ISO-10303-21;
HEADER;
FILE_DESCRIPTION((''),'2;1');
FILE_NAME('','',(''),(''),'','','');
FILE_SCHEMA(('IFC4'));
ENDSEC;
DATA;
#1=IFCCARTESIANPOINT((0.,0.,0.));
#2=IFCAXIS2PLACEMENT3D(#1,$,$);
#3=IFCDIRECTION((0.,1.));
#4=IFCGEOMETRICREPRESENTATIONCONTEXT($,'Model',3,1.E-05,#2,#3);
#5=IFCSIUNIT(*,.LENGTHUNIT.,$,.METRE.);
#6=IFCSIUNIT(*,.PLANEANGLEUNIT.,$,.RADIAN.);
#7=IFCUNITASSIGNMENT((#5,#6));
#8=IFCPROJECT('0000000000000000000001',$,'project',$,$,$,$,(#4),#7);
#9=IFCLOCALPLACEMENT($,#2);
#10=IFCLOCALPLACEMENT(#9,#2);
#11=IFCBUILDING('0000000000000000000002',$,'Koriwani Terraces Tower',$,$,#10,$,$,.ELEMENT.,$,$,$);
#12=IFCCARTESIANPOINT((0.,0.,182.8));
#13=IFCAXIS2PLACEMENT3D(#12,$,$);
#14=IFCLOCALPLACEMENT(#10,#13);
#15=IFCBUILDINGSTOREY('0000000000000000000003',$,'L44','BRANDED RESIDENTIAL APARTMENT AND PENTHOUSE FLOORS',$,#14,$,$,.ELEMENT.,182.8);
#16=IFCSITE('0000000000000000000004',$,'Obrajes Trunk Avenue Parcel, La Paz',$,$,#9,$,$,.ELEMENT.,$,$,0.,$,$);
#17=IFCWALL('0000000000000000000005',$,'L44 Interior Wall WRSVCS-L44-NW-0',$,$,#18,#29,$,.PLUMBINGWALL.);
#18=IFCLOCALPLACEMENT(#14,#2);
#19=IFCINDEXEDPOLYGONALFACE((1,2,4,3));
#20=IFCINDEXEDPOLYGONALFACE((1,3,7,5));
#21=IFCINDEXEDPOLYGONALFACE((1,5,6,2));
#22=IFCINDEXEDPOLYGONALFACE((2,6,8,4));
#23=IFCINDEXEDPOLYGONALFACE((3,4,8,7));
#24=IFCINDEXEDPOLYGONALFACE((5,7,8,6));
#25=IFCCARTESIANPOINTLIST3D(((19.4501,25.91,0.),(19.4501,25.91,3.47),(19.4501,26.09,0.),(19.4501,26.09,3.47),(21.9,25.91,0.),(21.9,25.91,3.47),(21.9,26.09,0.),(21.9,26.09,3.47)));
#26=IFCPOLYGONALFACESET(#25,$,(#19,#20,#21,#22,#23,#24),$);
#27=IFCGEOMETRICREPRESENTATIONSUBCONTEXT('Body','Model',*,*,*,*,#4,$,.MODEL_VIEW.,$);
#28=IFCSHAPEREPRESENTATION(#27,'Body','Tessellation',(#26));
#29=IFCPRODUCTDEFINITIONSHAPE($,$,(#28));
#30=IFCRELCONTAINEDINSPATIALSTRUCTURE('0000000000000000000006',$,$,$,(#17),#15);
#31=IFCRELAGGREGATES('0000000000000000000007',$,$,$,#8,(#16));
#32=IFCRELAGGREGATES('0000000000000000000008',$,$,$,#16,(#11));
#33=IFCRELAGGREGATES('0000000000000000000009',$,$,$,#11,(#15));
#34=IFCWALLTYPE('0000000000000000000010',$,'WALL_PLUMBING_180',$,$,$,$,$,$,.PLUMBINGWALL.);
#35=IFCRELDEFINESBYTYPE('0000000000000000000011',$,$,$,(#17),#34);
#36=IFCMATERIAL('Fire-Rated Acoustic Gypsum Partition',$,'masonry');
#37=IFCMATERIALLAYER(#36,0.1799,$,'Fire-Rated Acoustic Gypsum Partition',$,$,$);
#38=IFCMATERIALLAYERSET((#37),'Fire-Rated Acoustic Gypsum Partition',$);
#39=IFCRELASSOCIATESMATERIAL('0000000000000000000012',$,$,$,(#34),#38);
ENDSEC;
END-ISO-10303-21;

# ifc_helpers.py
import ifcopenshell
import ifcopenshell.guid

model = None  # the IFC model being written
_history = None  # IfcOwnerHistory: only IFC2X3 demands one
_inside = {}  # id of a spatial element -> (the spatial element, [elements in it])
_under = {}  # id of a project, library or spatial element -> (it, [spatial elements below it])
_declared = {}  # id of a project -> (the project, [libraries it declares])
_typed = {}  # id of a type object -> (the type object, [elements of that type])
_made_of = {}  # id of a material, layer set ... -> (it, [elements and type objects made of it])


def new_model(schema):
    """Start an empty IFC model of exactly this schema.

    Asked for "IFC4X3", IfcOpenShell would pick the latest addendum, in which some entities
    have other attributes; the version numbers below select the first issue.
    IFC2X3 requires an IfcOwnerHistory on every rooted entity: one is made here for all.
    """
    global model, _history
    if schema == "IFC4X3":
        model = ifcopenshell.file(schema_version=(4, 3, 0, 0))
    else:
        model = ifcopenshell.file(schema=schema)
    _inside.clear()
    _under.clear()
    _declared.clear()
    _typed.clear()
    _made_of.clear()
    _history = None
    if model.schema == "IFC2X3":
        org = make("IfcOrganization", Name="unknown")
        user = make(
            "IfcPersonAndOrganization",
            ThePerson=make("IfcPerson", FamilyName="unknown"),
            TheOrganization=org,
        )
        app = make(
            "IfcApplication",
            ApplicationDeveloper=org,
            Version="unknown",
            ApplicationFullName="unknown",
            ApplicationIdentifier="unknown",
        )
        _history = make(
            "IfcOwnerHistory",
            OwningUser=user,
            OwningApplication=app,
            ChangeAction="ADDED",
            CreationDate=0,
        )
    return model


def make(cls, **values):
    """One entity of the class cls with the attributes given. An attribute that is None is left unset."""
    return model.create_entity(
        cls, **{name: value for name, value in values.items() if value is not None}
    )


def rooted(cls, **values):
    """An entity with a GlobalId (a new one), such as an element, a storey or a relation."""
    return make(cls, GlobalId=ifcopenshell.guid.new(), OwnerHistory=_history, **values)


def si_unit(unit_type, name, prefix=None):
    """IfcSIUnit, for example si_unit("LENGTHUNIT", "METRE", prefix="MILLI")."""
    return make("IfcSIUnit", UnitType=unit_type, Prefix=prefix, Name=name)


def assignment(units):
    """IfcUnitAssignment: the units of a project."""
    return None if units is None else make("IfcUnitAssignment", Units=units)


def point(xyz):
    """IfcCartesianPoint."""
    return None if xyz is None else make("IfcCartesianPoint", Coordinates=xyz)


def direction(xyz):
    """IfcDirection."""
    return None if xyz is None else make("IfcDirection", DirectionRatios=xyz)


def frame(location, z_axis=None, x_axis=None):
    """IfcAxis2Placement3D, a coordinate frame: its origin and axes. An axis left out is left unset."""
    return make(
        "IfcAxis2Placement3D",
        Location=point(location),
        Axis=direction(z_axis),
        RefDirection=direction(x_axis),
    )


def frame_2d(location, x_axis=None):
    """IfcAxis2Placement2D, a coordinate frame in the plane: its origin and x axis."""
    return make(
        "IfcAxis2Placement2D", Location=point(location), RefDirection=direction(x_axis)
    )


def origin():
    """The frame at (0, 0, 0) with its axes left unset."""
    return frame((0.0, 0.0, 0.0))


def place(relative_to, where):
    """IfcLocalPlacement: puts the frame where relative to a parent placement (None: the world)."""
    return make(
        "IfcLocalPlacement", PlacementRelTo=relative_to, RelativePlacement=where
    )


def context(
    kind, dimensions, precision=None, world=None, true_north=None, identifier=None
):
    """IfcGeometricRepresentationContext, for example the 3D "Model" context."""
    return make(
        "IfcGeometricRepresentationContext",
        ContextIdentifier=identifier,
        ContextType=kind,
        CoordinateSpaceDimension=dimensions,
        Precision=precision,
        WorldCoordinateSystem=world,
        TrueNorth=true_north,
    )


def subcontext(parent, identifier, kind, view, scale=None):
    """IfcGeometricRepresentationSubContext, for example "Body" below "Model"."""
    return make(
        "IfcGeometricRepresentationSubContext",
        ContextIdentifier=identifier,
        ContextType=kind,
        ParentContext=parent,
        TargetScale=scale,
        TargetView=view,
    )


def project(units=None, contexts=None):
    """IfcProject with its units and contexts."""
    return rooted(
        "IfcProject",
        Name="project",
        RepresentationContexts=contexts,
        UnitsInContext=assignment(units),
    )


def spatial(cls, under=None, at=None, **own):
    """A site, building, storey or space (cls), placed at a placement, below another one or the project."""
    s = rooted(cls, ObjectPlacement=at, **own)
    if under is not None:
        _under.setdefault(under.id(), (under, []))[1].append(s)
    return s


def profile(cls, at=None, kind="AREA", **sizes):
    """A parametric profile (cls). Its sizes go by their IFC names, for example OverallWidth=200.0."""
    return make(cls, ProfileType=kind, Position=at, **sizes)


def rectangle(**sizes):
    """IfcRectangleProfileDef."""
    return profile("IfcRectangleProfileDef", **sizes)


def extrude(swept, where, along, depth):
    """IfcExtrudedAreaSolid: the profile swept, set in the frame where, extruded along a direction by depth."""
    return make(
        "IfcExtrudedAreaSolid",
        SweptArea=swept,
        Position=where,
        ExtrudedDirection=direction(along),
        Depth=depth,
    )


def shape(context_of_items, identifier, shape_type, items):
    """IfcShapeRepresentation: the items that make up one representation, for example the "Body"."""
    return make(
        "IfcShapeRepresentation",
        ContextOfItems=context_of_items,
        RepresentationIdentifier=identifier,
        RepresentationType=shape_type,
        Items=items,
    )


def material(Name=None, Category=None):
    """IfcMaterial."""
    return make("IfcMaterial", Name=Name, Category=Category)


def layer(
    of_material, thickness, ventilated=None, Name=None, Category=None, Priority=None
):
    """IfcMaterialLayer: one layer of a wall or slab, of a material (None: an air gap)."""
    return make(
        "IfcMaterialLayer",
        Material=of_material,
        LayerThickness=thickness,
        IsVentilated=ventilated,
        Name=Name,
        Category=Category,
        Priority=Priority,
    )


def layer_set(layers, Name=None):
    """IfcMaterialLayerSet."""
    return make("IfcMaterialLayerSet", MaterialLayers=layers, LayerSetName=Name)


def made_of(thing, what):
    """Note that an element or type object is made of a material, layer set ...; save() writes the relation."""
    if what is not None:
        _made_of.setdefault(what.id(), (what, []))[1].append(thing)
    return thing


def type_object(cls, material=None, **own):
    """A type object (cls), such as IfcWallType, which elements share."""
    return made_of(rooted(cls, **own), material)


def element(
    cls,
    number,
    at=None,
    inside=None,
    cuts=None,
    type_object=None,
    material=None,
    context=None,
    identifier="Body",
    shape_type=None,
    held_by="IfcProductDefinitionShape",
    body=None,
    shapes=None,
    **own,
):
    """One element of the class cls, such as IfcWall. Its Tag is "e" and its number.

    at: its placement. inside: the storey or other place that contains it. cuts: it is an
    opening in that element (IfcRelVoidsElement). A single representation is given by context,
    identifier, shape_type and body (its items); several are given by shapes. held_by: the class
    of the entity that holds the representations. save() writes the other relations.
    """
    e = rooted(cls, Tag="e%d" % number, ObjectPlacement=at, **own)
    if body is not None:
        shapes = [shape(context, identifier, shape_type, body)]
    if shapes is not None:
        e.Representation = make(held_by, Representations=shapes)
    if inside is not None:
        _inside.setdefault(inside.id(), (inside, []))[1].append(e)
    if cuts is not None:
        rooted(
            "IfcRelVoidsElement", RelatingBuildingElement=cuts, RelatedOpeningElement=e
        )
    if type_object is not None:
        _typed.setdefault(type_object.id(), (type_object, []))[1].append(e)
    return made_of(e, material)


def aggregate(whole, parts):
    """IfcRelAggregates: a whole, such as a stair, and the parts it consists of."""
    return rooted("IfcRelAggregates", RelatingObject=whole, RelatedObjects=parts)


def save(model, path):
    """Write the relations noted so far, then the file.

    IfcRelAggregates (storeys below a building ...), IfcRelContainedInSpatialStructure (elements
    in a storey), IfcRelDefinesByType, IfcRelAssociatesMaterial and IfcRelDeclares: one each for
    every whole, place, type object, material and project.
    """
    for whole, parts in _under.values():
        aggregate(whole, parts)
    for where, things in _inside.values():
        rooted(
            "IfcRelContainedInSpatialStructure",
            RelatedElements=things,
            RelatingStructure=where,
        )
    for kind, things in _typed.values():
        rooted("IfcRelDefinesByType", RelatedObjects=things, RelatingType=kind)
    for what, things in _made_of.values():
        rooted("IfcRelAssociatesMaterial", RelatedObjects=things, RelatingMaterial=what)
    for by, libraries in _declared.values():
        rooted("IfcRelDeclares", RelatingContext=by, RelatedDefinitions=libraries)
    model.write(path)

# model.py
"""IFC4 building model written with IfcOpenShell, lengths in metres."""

from ifc_helpers import new_model, si_unit, direction, frame, frame_2d, origin, place, context, subcontext, project, spatial, rectangle, extrude, material, layer, layer_set, type_object, element, save


model = new_model("IFC4")

# Units and contexts
model_context = context("Model", 3, precision=1e-05, world=origin(), true_north=direction((0.0, 1.0)))
body_context = subcontext(model_context, "Body", "Model", "MODEL_VIEW")
ifc_project = project(units=[si_unit("LENGTHUNIT", "METRE"), si_unit("PLANEANGLEUNIT", "RADIAN")], contexts=[model_context])

# Site, building, storey
site_placement = place(None, origin())
site = spatial("IfcSite", under=ifc_project, at=site_placement, Name="Obrajes Trunk Avenue Parcel, La Paz", CompositionType="ELEMENT", RefElevation=0.0)
building_placement = place(site_placement, origin())
building = spatial("IfcBuilding", under=site, at=building_placement, Name="Koriwani Terraces Tower", CompositionType="ELEMENT")
storey_placement = place(building_placement, frame((0.0, 0.0, 182.8)))
storey = spatial("IfcBuildingStorey", under=building, at=storey_placement, Name="L44", Description="BRANDED RESIDENTIAL APARTMENT AND PENTHOUSE FLOORS", CompositionType="ELEMENT", Elevation=182.8)

# Shared definitions
ifc_material_1 = material(Name="Fire-Rated Acoustic Gypsum Partition", Category="masonry")
ifc_layer_1 = layer(ifc_material_1, 0.1799, Name="Fire-Rated Acoustic Gypsum Partition")
ifc_layer_set_1 = layer_set([ifc_layer_1], Name="Fire-Rated Acoustic Gypsum Partition")
wall_type_1 = type_object("IfcWallType", Name="WALL_PLUMBING_180", PredefinedType="PLUMBINGWALL", material=ifc_layer_set_1)

# Wall
wall_1_placement = place(storey_placement, frame((19.45, 26.0, 0.0), z_axis=(0.0, 0.0, 1.0), x_axis=(1.0, 0.0, 0.0)))
element("IfcWall", 1, at=wall_1_placement, inside=storey, type_object=wall_type_1, Name="L44 Interior Wall WRSVCS-L44-NW-0", PredefinedType="PLUMBINGWALL", context=body_context, shape_type="SweptSolid", body=[
    extrude(rectangle(XDim=2.45, YDim=0.1799, at=frame_2d((1.2251, 0.0))), origin(), (0.0, 0.0, 1.0), 3.47),
])

save(model, "model.ifc")
